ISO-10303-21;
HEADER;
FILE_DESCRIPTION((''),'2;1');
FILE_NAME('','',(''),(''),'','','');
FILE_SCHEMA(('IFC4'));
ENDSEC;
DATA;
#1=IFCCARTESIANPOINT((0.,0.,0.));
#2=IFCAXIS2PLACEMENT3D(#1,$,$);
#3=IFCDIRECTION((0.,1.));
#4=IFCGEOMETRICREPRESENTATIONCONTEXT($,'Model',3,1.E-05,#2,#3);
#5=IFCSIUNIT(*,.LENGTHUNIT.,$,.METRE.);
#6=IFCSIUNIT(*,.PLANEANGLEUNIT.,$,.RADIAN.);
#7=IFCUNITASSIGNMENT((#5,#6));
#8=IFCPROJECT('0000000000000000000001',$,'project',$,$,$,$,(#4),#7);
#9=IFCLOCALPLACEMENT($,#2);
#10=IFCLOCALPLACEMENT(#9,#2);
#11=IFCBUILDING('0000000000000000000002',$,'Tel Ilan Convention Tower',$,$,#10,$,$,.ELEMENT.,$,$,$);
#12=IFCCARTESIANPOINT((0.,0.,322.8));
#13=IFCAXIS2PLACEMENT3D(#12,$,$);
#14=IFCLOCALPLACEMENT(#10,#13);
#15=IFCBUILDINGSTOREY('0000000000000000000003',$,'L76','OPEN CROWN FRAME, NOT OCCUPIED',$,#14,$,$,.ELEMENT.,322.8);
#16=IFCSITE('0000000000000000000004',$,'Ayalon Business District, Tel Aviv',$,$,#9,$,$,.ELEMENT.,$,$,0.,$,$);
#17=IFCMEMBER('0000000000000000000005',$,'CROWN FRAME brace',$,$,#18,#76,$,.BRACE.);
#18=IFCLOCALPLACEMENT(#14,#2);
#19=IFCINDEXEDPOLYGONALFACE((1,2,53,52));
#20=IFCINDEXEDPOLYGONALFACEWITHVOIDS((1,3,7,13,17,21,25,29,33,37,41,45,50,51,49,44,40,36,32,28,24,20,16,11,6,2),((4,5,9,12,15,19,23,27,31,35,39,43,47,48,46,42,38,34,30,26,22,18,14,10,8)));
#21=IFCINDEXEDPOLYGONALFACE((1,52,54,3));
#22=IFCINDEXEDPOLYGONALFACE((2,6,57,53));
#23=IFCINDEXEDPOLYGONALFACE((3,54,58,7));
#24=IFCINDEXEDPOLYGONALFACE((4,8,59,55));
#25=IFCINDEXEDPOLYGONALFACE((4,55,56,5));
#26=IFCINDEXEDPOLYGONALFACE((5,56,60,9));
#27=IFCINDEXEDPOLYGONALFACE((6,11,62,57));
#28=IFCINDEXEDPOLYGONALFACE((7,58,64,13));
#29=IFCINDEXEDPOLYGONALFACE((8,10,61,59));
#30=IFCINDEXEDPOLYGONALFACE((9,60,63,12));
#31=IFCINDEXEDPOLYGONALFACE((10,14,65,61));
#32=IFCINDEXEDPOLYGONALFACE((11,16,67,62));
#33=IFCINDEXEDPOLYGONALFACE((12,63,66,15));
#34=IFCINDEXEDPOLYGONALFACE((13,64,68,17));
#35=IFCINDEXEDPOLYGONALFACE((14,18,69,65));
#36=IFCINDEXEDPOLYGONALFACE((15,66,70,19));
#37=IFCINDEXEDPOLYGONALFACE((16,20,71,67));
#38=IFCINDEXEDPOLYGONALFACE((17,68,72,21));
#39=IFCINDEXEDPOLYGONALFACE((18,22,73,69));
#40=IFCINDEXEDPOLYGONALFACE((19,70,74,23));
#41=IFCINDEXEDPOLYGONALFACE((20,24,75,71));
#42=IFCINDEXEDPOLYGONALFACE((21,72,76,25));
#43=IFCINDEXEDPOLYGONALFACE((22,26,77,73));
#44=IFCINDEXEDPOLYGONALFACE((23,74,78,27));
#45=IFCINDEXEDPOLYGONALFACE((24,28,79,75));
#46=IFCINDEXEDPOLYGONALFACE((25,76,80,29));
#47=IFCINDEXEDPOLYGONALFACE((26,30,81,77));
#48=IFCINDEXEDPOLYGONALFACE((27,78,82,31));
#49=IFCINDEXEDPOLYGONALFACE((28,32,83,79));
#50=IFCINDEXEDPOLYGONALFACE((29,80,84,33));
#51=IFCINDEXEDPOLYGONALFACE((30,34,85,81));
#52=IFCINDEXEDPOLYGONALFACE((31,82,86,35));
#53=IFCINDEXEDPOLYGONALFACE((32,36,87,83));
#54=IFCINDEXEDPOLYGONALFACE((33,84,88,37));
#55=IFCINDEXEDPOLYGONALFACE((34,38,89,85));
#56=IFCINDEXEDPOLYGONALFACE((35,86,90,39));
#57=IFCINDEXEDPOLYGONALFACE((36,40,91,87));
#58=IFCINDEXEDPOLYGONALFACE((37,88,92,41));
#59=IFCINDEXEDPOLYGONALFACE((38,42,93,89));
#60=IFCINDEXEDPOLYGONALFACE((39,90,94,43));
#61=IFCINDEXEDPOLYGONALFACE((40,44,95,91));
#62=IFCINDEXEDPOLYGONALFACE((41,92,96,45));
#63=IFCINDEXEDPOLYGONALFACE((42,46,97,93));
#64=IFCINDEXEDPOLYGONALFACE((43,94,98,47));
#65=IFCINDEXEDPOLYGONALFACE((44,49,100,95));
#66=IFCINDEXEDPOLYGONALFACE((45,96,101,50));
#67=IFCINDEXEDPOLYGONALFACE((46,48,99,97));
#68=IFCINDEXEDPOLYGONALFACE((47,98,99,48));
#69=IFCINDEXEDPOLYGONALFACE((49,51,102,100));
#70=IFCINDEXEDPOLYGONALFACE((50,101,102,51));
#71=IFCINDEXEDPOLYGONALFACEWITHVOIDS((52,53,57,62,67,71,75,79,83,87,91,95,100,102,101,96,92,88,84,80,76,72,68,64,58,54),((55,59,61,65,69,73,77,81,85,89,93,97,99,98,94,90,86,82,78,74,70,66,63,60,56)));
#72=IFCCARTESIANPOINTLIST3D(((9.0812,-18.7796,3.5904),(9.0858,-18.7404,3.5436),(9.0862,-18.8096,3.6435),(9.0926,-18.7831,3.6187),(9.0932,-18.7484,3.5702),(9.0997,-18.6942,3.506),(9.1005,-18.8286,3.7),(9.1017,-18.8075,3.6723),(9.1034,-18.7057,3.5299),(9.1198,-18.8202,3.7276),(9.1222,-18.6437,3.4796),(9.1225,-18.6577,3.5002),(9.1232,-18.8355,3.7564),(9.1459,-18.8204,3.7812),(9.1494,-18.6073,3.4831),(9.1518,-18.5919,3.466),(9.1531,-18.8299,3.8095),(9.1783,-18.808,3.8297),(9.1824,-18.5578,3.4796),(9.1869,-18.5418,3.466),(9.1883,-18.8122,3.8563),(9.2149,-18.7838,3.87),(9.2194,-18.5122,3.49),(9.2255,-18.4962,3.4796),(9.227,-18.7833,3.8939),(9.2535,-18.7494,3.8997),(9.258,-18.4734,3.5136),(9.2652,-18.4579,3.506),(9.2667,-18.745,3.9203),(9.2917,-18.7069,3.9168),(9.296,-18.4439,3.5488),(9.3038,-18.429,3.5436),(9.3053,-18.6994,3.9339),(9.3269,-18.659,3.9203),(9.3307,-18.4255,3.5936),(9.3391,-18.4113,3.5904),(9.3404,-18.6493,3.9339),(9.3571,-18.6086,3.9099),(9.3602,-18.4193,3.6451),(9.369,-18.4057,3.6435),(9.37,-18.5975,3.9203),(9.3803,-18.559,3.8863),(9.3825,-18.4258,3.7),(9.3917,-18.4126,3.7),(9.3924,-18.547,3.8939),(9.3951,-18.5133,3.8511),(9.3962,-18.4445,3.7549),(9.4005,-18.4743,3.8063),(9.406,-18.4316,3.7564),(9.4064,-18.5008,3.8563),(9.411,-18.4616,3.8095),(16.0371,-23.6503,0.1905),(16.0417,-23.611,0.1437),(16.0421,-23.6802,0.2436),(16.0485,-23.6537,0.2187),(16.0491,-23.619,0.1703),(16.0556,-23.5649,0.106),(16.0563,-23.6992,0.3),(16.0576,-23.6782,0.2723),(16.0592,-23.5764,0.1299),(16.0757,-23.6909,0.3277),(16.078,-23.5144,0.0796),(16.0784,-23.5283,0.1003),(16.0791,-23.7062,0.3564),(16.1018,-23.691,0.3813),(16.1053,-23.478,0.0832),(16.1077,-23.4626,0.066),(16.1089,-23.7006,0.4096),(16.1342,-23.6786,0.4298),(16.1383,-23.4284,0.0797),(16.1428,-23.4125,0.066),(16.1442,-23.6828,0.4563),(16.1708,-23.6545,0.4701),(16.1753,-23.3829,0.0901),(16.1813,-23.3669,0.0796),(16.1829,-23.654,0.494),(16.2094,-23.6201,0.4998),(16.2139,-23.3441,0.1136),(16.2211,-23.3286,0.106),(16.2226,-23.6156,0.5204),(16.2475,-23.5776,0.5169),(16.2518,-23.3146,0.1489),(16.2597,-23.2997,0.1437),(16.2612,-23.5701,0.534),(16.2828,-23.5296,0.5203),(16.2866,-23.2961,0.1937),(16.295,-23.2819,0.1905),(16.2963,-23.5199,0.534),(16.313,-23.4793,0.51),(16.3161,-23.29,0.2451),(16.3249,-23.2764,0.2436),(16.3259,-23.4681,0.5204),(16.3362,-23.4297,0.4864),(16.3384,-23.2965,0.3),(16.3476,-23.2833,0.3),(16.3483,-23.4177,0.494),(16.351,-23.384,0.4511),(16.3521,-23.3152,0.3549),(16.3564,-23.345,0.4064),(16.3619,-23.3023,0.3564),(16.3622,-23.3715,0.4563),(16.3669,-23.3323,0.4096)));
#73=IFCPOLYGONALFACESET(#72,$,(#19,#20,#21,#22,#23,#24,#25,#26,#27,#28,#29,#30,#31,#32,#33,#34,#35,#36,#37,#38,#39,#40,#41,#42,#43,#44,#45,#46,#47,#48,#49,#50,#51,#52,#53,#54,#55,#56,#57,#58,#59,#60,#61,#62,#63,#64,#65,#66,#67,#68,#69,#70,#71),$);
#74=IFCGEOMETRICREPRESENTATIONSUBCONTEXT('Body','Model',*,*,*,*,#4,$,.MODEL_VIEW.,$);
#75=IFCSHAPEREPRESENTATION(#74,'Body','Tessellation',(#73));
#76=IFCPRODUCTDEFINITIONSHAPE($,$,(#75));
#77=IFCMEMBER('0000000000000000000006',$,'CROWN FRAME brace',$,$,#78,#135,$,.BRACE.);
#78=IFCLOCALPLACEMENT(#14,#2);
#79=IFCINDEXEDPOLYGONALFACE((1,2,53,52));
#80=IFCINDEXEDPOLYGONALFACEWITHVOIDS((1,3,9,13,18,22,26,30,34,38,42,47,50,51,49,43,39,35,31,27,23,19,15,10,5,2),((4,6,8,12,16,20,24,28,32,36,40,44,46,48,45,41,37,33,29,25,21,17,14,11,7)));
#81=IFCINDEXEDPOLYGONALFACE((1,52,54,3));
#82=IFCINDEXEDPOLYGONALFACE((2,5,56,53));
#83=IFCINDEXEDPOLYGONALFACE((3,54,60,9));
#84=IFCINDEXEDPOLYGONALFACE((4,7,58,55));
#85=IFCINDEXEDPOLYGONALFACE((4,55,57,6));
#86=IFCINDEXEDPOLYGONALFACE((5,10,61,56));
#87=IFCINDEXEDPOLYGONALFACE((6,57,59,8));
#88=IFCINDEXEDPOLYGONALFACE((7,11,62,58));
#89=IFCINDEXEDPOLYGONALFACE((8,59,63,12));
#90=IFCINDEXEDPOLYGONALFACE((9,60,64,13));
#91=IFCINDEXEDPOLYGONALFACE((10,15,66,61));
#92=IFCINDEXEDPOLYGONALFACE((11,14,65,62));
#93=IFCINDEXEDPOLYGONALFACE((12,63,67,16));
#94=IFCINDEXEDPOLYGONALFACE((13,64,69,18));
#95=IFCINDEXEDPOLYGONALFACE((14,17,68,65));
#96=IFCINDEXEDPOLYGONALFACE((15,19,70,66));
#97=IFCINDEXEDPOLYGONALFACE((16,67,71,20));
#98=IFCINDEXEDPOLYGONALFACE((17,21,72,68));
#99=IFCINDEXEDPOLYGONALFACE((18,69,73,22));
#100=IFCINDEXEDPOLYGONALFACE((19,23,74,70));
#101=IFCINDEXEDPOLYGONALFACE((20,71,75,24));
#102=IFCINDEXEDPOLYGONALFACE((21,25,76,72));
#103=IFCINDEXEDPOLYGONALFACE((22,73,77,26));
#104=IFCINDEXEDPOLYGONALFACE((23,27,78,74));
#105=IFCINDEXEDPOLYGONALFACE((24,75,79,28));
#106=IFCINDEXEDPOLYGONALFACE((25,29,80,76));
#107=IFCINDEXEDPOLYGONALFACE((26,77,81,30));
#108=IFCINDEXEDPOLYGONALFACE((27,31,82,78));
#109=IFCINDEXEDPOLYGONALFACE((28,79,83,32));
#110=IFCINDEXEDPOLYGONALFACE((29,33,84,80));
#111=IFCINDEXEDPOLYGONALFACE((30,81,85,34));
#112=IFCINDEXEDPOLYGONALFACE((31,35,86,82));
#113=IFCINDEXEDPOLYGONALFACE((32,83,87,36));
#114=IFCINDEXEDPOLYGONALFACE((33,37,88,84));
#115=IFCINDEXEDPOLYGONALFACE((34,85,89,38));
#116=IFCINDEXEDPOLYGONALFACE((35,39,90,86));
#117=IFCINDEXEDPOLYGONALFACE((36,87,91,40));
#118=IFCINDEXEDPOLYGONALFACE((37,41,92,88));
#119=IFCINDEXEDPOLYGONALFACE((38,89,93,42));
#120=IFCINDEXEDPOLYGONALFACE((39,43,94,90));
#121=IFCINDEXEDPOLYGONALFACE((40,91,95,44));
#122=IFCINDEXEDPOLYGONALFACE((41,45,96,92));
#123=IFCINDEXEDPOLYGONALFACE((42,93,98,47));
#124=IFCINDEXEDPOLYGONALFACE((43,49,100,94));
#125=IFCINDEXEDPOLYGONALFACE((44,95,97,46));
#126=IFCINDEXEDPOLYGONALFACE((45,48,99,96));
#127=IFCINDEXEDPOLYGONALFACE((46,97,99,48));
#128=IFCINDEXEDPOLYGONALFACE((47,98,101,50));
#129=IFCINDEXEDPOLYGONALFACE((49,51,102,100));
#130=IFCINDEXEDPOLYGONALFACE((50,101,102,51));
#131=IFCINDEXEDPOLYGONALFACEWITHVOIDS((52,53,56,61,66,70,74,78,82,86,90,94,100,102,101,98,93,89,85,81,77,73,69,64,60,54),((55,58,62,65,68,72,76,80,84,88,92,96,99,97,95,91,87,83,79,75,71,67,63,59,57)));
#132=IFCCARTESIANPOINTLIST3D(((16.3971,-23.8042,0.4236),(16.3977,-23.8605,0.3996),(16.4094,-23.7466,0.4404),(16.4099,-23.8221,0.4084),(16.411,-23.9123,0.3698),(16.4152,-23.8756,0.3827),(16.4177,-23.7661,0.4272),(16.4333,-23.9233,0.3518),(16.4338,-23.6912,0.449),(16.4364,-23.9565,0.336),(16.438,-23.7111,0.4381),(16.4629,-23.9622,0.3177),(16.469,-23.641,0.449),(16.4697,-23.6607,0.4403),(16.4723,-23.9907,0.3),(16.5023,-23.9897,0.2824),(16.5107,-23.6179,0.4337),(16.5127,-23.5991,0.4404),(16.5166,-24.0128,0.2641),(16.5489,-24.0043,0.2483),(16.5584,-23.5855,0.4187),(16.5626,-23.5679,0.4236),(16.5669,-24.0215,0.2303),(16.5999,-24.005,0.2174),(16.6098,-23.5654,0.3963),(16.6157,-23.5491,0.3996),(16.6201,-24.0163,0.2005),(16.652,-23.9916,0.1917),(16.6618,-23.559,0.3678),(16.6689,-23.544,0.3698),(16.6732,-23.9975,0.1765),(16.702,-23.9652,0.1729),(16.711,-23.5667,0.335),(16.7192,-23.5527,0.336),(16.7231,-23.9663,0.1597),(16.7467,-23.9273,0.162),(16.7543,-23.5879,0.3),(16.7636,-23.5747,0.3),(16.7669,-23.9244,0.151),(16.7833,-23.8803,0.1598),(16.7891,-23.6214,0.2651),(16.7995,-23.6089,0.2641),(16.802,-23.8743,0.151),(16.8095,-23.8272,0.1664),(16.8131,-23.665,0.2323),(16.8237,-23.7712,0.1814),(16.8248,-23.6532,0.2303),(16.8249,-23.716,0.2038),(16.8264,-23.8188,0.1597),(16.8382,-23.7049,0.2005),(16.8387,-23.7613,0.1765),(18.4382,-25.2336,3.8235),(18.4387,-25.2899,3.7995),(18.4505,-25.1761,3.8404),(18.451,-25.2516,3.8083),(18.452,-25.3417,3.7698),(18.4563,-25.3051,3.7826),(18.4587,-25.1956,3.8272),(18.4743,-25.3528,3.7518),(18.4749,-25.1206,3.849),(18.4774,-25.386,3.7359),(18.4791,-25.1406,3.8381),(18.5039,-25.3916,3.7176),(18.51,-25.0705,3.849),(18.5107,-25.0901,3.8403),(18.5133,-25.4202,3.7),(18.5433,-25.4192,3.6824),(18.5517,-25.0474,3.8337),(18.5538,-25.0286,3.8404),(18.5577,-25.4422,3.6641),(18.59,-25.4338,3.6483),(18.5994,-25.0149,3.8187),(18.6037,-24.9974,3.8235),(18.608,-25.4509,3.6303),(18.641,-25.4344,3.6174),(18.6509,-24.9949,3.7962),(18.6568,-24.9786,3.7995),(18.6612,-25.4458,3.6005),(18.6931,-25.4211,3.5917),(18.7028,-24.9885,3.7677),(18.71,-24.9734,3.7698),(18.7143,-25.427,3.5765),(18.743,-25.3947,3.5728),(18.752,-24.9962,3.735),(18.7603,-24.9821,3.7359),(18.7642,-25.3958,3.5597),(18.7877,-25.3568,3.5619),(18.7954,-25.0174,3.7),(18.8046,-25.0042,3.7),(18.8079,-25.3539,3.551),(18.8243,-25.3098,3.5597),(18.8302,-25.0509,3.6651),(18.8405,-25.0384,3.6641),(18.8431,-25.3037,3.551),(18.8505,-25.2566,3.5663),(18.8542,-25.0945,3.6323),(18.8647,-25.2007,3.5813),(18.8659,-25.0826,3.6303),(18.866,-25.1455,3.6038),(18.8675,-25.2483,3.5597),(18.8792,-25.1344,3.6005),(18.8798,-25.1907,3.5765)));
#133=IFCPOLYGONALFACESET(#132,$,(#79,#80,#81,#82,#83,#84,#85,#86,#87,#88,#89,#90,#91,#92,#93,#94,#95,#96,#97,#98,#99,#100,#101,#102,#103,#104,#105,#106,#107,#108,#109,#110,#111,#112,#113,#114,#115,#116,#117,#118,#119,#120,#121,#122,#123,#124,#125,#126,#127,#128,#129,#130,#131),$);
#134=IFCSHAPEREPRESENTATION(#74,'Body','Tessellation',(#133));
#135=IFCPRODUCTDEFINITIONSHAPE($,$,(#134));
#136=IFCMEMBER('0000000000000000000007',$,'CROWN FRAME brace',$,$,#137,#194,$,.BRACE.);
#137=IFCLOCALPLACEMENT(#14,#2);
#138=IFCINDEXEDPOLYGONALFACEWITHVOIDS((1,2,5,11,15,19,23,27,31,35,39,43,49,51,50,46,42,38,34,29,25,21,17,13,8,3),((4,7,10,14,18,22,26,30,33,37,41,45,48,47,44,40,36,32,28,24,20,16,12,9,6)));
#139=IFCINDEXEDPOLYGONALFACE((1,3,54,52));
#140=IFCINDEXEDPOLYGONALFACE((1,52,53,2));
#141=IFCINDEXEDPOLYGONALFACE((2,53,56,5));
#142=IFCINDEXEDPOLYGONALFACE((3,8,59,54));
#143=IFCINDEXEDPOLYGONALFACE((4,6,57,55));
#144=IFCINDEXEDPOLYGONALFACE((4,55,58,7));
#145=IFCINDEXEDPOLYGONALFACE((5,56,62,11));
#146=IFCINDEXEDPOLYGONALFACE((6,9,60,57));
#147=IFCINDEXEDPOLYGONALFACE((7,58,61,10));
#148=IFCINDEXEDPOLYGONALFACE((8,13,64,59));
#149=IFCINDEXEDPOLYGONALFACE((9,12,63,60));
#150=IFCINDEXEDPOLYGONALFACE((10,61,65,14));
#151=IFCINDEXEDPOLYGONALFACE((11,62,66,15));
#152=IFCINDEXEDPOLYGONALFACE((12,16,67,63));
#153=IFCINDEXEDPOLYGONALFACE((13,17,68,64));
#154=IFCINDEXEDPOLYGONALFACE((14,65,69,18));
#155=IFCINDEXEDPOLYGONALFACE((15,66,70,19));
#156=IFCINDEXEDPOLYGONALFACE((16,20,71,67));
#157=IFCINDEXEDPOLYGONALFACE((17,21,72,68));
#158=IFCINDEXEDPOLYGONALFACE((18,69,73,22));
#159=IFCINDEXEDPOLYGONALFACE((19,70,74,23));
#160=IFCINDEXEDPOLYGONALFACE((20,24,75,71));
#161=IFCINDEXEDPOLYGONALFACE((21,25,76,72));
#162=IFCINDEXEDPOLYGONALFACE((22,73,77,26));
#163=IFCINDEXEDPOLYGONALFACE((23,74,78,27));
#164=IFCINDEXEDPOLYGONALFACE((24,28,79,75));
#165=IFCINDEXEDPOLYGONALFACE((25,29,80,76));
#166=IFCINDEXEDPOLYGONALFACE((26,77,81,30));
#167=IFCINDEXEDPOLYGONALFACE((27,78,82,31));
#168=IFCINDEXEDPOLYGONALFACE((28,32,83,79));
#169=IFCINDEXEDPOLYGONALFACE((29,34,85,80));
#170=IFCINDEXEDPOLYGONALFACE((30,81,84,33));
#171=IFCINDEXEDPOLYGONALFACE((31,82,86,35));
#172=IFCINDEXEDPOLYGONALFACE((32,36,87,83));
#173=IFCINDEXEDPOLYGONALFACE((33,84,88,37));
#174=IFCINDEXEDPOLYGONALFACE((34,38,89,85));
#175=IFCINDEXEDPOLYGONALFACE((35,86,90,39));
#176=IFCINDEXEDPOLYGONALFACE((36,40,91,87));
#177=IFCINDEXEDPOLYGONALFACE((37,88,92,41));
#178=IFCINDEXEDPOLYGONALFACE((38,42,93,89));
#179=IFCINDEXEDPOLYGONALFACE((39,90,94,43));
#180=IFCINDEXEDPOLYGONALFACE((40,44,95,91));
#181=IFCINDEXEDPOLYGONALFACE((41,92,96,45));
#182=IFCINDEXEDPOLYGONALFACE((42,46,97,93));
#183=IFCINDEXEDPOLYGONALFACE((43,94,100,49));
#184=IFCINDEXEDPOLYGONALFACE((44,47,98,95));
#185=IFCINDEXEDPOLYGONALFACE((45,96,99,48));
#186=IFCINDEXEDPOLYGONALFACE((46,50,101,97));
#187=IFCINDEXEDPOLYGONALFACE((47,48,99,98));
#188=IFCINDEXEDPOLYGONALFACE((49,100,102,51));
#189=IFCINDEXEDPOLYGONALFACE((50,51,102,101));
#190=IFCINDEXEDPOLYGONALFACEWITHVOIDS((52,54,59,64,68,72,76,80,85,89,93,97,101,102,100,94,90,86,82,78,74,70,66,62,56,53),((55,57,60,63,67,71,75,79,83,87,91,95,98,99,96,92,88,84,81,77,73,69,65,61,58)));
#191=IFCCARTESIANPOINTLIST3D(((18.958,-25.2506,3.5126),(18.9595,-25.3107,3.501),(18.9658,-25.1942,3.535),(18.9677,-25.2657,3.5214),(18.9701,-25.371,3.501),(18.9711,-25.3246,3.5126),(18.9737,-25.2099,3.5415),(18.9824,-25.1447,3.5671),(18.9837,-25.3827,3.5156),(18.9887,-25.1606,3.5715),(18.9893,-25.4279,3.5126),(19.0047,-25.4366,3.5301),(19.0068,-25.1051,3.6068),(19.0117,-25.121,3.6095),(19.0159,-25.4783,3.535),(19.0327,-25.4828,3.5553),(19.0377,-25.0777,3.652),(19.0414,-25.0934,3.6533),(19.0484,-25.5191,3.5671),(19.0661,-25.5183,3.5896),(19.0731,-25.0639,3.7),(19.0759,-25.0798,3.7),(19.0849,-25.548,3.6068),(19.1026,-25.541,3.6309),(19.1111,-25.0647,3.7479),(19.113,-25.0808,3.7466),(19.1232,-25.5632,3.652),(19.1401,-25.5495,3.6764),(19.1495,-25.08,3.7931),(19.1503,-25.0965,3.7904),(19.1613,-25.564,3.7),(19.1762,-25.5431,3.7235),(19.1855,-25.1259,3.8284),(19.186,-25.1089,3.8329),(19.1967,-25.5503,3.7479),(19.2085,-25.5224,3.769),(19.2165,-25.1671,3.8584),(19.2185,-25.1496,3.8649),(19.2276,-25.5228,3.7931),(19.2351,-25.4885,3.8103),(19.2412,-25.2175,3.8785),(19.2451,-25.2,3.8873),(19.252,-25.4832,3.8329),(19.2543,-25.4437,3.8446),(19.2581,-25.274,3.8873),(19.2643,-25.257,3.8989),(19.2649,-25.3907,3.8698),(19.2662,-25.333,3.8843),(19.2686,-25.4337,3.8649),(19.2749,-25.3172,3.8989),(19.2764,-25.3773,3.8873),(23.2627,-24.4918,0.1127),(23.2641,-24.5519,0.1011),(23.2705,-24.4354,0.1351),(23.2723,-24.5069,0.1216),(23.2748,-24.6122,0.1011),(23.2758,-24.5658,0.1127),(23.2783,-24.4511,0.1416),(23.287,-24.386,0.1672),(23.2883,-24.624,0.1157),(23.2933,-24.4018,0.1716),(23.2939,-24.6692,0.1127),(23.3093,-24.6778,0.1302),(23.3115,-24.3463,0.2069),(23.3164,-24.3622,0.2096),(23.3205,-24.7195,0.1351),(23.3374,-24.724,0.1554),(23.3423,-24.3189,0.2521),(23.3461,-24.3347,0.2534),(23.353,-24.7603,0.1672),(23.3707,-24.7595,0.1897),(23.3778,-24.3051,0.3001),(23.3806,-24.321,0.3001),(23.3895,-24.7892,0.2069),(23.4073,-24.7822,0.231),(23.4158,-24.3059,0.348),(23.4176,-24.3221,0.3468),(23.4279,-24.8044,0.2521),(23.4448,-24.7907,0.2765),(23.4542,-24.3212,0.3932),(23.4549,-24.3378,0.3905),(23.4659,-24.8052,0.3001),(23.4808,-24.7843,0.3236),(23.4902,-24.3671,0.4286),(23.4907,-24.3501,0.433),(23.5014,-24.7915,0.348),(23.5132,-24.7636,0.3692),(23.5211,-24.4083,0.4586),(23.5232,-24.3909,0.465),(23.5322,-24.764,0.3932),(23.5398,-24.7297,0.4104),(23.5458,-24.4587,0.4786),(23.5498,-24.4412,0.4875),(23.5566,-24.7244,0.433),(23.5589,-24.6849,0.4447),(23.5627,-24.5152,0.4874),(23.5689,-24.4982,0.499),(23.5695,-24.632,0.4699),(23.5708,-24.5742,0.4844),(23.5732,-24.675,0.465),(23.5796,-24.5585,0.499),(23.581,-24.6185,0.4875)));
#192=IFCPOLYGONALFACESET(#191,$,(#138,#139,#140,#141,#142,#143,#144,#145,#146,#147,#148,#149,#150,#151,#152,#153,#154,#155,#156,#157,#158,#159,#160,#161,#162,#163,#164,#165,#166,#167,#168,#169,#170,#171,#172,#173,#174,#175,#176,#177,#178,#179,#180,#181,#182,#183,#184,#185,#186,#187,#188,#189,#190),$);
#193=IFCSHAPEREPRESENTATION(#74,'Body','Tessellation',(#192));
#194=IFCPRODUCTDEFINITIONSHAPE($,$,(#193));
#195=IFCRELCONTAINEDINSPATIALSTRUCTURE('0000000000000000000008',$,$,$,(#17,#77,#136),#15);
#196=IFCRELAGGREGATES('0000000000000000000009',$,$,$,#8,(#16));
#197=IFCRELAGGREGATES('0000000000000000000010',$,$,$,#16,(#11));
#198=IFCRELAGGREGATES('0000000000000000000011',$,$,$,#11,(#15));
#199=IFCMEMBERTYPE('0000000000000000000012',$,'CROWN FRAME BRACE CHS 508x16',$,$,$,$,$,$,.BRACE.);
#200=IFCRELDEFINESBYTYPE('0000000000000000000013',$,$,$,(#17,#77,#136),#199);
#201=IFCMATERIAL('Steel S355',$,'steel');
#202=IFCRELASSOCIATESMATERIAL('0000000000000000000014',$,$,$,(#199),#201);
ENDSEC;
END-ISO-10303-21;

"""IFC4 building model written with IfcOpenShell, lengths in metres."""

from ifc_helpers import new_model, si_unit, direction, frame, origin, origin_2d, place, context, subcontext, project, spatial, hollow_circle, extrude, material, material_profile, profile_set, type_object, element, save


model = new_model("IFC4")

# Units and contexts
model_context = context("Model", 3, precision=1e-05, world=origin(), true_north=direction((0.0, 1.0)))
body_context = subcontext(model_context, "Body", "Model", "MODEL_VIEW")
ifc_project = project(units=[si_unit("LENGTHUNIT", "METRE"), si_unit("PLANEANGLEUNIT", "RADIAN")], contexts=[model_context])

# Site, building, storey
site_placement = place(None, origin())
site = spatial("IfcSite", under=ifc_project, at=site_placement, Name="Ayalon Business District, Tel Aviv", CompositionType="ELEMENT", RefElevation=0.0)
building_placement = place(site_placement, origin())
building = spatial("IfcBuilding", under=site, at=building_placement, Name="Tel Ilan Convention Tower", CompositionType="ELEMENT")
storey_placement = place(building_placement, frame((0.0, 0.0, 322.8)))
storey = spatial("IfcBuildingStorey", under=building, at=storey_placement, Name="L76", Description="OPEN CROWN FRAME, NOT OCCUPIED", CompositionType="ELEMENT", Elevation=322.8)

# Members
ifc_material_1 = material(Name="Steel S355", Category="steel")
ifc_material_profile_1 = material_profile(ifc_material_1, hollow_circle(Radius=0.2539, WallThickness=0.0161, at=origin_2d()), Name="CHS 508x16")
ifc_profile_set_1 = profile_set([ifc_material_profile_1], Name="Steel S355")
member_type = type_object("IfcMemberType", Name="CROWN FRAME BRACE CHS 508x16", PredefinedType="BRACE", material=ifc_profile_set_1)
member_1_placement = place(storey_placement, frame((9.2461, -18.6206, 3.7), z_axis=(0.760457, -0.532488, -0.371701), x_axis=(0.573584, 0.819147, 0.0)))
element("IfcMember", 1, at=member_1_placement, inside=storey, type_object=member_type, Name="CROWN FRAME brace", PredefinedType="BRACE", context=body_context, shape_type="SweptSolid", body=[
    extrude(hollow_circle(Radius=0.2539, WallThickness=0.0161, at=origin_2d()), origin(), (0.0, 0.0, 1.0), 9.147),
])
member_2_placement = place(storey_placement, frame((16.6179, -23.7827, 0.3), z_axis=(0.484197, -0.339112, 0.806571), x_axis=(0.57366, 0.819094, 0.0)))
element("IfcMember", 2, at=member_2_placement, inside=storey, type_object=member_type, Name="CROWN FRAME brace", PredefinedType="BRACE", context=body_context, shape_type="SweptSolid", body=[
    extrude(hollow_circle(Radius=0.2539, WallThickness=0.0161, at=origin_2d()), origin(), (0.0, 0.0, 1.0), 4.2153),
])
member_3_placement = place(storey_placement, frame((19.1172, -25.314, 3.7), z_axis=(0.777351, 0.137024, -0.613963), x_axis=(-0.173594, 0.984817, 0.0)))
element("IfcMember", 3, at=member_3_placement, inside=storey, type_object=member_type, Name="CROWN FRAME brace", PredefinedType="BRACE", context=body_context, shape_type="SweptSolid", body=[
    extrude(hollow_circle(Radius=0.2539, WallThickness=0.0161, at=origin_2d()), origin(), (0.0, 0.0, 1.0), 5.5376),
])

save(model, "model.ifc")
